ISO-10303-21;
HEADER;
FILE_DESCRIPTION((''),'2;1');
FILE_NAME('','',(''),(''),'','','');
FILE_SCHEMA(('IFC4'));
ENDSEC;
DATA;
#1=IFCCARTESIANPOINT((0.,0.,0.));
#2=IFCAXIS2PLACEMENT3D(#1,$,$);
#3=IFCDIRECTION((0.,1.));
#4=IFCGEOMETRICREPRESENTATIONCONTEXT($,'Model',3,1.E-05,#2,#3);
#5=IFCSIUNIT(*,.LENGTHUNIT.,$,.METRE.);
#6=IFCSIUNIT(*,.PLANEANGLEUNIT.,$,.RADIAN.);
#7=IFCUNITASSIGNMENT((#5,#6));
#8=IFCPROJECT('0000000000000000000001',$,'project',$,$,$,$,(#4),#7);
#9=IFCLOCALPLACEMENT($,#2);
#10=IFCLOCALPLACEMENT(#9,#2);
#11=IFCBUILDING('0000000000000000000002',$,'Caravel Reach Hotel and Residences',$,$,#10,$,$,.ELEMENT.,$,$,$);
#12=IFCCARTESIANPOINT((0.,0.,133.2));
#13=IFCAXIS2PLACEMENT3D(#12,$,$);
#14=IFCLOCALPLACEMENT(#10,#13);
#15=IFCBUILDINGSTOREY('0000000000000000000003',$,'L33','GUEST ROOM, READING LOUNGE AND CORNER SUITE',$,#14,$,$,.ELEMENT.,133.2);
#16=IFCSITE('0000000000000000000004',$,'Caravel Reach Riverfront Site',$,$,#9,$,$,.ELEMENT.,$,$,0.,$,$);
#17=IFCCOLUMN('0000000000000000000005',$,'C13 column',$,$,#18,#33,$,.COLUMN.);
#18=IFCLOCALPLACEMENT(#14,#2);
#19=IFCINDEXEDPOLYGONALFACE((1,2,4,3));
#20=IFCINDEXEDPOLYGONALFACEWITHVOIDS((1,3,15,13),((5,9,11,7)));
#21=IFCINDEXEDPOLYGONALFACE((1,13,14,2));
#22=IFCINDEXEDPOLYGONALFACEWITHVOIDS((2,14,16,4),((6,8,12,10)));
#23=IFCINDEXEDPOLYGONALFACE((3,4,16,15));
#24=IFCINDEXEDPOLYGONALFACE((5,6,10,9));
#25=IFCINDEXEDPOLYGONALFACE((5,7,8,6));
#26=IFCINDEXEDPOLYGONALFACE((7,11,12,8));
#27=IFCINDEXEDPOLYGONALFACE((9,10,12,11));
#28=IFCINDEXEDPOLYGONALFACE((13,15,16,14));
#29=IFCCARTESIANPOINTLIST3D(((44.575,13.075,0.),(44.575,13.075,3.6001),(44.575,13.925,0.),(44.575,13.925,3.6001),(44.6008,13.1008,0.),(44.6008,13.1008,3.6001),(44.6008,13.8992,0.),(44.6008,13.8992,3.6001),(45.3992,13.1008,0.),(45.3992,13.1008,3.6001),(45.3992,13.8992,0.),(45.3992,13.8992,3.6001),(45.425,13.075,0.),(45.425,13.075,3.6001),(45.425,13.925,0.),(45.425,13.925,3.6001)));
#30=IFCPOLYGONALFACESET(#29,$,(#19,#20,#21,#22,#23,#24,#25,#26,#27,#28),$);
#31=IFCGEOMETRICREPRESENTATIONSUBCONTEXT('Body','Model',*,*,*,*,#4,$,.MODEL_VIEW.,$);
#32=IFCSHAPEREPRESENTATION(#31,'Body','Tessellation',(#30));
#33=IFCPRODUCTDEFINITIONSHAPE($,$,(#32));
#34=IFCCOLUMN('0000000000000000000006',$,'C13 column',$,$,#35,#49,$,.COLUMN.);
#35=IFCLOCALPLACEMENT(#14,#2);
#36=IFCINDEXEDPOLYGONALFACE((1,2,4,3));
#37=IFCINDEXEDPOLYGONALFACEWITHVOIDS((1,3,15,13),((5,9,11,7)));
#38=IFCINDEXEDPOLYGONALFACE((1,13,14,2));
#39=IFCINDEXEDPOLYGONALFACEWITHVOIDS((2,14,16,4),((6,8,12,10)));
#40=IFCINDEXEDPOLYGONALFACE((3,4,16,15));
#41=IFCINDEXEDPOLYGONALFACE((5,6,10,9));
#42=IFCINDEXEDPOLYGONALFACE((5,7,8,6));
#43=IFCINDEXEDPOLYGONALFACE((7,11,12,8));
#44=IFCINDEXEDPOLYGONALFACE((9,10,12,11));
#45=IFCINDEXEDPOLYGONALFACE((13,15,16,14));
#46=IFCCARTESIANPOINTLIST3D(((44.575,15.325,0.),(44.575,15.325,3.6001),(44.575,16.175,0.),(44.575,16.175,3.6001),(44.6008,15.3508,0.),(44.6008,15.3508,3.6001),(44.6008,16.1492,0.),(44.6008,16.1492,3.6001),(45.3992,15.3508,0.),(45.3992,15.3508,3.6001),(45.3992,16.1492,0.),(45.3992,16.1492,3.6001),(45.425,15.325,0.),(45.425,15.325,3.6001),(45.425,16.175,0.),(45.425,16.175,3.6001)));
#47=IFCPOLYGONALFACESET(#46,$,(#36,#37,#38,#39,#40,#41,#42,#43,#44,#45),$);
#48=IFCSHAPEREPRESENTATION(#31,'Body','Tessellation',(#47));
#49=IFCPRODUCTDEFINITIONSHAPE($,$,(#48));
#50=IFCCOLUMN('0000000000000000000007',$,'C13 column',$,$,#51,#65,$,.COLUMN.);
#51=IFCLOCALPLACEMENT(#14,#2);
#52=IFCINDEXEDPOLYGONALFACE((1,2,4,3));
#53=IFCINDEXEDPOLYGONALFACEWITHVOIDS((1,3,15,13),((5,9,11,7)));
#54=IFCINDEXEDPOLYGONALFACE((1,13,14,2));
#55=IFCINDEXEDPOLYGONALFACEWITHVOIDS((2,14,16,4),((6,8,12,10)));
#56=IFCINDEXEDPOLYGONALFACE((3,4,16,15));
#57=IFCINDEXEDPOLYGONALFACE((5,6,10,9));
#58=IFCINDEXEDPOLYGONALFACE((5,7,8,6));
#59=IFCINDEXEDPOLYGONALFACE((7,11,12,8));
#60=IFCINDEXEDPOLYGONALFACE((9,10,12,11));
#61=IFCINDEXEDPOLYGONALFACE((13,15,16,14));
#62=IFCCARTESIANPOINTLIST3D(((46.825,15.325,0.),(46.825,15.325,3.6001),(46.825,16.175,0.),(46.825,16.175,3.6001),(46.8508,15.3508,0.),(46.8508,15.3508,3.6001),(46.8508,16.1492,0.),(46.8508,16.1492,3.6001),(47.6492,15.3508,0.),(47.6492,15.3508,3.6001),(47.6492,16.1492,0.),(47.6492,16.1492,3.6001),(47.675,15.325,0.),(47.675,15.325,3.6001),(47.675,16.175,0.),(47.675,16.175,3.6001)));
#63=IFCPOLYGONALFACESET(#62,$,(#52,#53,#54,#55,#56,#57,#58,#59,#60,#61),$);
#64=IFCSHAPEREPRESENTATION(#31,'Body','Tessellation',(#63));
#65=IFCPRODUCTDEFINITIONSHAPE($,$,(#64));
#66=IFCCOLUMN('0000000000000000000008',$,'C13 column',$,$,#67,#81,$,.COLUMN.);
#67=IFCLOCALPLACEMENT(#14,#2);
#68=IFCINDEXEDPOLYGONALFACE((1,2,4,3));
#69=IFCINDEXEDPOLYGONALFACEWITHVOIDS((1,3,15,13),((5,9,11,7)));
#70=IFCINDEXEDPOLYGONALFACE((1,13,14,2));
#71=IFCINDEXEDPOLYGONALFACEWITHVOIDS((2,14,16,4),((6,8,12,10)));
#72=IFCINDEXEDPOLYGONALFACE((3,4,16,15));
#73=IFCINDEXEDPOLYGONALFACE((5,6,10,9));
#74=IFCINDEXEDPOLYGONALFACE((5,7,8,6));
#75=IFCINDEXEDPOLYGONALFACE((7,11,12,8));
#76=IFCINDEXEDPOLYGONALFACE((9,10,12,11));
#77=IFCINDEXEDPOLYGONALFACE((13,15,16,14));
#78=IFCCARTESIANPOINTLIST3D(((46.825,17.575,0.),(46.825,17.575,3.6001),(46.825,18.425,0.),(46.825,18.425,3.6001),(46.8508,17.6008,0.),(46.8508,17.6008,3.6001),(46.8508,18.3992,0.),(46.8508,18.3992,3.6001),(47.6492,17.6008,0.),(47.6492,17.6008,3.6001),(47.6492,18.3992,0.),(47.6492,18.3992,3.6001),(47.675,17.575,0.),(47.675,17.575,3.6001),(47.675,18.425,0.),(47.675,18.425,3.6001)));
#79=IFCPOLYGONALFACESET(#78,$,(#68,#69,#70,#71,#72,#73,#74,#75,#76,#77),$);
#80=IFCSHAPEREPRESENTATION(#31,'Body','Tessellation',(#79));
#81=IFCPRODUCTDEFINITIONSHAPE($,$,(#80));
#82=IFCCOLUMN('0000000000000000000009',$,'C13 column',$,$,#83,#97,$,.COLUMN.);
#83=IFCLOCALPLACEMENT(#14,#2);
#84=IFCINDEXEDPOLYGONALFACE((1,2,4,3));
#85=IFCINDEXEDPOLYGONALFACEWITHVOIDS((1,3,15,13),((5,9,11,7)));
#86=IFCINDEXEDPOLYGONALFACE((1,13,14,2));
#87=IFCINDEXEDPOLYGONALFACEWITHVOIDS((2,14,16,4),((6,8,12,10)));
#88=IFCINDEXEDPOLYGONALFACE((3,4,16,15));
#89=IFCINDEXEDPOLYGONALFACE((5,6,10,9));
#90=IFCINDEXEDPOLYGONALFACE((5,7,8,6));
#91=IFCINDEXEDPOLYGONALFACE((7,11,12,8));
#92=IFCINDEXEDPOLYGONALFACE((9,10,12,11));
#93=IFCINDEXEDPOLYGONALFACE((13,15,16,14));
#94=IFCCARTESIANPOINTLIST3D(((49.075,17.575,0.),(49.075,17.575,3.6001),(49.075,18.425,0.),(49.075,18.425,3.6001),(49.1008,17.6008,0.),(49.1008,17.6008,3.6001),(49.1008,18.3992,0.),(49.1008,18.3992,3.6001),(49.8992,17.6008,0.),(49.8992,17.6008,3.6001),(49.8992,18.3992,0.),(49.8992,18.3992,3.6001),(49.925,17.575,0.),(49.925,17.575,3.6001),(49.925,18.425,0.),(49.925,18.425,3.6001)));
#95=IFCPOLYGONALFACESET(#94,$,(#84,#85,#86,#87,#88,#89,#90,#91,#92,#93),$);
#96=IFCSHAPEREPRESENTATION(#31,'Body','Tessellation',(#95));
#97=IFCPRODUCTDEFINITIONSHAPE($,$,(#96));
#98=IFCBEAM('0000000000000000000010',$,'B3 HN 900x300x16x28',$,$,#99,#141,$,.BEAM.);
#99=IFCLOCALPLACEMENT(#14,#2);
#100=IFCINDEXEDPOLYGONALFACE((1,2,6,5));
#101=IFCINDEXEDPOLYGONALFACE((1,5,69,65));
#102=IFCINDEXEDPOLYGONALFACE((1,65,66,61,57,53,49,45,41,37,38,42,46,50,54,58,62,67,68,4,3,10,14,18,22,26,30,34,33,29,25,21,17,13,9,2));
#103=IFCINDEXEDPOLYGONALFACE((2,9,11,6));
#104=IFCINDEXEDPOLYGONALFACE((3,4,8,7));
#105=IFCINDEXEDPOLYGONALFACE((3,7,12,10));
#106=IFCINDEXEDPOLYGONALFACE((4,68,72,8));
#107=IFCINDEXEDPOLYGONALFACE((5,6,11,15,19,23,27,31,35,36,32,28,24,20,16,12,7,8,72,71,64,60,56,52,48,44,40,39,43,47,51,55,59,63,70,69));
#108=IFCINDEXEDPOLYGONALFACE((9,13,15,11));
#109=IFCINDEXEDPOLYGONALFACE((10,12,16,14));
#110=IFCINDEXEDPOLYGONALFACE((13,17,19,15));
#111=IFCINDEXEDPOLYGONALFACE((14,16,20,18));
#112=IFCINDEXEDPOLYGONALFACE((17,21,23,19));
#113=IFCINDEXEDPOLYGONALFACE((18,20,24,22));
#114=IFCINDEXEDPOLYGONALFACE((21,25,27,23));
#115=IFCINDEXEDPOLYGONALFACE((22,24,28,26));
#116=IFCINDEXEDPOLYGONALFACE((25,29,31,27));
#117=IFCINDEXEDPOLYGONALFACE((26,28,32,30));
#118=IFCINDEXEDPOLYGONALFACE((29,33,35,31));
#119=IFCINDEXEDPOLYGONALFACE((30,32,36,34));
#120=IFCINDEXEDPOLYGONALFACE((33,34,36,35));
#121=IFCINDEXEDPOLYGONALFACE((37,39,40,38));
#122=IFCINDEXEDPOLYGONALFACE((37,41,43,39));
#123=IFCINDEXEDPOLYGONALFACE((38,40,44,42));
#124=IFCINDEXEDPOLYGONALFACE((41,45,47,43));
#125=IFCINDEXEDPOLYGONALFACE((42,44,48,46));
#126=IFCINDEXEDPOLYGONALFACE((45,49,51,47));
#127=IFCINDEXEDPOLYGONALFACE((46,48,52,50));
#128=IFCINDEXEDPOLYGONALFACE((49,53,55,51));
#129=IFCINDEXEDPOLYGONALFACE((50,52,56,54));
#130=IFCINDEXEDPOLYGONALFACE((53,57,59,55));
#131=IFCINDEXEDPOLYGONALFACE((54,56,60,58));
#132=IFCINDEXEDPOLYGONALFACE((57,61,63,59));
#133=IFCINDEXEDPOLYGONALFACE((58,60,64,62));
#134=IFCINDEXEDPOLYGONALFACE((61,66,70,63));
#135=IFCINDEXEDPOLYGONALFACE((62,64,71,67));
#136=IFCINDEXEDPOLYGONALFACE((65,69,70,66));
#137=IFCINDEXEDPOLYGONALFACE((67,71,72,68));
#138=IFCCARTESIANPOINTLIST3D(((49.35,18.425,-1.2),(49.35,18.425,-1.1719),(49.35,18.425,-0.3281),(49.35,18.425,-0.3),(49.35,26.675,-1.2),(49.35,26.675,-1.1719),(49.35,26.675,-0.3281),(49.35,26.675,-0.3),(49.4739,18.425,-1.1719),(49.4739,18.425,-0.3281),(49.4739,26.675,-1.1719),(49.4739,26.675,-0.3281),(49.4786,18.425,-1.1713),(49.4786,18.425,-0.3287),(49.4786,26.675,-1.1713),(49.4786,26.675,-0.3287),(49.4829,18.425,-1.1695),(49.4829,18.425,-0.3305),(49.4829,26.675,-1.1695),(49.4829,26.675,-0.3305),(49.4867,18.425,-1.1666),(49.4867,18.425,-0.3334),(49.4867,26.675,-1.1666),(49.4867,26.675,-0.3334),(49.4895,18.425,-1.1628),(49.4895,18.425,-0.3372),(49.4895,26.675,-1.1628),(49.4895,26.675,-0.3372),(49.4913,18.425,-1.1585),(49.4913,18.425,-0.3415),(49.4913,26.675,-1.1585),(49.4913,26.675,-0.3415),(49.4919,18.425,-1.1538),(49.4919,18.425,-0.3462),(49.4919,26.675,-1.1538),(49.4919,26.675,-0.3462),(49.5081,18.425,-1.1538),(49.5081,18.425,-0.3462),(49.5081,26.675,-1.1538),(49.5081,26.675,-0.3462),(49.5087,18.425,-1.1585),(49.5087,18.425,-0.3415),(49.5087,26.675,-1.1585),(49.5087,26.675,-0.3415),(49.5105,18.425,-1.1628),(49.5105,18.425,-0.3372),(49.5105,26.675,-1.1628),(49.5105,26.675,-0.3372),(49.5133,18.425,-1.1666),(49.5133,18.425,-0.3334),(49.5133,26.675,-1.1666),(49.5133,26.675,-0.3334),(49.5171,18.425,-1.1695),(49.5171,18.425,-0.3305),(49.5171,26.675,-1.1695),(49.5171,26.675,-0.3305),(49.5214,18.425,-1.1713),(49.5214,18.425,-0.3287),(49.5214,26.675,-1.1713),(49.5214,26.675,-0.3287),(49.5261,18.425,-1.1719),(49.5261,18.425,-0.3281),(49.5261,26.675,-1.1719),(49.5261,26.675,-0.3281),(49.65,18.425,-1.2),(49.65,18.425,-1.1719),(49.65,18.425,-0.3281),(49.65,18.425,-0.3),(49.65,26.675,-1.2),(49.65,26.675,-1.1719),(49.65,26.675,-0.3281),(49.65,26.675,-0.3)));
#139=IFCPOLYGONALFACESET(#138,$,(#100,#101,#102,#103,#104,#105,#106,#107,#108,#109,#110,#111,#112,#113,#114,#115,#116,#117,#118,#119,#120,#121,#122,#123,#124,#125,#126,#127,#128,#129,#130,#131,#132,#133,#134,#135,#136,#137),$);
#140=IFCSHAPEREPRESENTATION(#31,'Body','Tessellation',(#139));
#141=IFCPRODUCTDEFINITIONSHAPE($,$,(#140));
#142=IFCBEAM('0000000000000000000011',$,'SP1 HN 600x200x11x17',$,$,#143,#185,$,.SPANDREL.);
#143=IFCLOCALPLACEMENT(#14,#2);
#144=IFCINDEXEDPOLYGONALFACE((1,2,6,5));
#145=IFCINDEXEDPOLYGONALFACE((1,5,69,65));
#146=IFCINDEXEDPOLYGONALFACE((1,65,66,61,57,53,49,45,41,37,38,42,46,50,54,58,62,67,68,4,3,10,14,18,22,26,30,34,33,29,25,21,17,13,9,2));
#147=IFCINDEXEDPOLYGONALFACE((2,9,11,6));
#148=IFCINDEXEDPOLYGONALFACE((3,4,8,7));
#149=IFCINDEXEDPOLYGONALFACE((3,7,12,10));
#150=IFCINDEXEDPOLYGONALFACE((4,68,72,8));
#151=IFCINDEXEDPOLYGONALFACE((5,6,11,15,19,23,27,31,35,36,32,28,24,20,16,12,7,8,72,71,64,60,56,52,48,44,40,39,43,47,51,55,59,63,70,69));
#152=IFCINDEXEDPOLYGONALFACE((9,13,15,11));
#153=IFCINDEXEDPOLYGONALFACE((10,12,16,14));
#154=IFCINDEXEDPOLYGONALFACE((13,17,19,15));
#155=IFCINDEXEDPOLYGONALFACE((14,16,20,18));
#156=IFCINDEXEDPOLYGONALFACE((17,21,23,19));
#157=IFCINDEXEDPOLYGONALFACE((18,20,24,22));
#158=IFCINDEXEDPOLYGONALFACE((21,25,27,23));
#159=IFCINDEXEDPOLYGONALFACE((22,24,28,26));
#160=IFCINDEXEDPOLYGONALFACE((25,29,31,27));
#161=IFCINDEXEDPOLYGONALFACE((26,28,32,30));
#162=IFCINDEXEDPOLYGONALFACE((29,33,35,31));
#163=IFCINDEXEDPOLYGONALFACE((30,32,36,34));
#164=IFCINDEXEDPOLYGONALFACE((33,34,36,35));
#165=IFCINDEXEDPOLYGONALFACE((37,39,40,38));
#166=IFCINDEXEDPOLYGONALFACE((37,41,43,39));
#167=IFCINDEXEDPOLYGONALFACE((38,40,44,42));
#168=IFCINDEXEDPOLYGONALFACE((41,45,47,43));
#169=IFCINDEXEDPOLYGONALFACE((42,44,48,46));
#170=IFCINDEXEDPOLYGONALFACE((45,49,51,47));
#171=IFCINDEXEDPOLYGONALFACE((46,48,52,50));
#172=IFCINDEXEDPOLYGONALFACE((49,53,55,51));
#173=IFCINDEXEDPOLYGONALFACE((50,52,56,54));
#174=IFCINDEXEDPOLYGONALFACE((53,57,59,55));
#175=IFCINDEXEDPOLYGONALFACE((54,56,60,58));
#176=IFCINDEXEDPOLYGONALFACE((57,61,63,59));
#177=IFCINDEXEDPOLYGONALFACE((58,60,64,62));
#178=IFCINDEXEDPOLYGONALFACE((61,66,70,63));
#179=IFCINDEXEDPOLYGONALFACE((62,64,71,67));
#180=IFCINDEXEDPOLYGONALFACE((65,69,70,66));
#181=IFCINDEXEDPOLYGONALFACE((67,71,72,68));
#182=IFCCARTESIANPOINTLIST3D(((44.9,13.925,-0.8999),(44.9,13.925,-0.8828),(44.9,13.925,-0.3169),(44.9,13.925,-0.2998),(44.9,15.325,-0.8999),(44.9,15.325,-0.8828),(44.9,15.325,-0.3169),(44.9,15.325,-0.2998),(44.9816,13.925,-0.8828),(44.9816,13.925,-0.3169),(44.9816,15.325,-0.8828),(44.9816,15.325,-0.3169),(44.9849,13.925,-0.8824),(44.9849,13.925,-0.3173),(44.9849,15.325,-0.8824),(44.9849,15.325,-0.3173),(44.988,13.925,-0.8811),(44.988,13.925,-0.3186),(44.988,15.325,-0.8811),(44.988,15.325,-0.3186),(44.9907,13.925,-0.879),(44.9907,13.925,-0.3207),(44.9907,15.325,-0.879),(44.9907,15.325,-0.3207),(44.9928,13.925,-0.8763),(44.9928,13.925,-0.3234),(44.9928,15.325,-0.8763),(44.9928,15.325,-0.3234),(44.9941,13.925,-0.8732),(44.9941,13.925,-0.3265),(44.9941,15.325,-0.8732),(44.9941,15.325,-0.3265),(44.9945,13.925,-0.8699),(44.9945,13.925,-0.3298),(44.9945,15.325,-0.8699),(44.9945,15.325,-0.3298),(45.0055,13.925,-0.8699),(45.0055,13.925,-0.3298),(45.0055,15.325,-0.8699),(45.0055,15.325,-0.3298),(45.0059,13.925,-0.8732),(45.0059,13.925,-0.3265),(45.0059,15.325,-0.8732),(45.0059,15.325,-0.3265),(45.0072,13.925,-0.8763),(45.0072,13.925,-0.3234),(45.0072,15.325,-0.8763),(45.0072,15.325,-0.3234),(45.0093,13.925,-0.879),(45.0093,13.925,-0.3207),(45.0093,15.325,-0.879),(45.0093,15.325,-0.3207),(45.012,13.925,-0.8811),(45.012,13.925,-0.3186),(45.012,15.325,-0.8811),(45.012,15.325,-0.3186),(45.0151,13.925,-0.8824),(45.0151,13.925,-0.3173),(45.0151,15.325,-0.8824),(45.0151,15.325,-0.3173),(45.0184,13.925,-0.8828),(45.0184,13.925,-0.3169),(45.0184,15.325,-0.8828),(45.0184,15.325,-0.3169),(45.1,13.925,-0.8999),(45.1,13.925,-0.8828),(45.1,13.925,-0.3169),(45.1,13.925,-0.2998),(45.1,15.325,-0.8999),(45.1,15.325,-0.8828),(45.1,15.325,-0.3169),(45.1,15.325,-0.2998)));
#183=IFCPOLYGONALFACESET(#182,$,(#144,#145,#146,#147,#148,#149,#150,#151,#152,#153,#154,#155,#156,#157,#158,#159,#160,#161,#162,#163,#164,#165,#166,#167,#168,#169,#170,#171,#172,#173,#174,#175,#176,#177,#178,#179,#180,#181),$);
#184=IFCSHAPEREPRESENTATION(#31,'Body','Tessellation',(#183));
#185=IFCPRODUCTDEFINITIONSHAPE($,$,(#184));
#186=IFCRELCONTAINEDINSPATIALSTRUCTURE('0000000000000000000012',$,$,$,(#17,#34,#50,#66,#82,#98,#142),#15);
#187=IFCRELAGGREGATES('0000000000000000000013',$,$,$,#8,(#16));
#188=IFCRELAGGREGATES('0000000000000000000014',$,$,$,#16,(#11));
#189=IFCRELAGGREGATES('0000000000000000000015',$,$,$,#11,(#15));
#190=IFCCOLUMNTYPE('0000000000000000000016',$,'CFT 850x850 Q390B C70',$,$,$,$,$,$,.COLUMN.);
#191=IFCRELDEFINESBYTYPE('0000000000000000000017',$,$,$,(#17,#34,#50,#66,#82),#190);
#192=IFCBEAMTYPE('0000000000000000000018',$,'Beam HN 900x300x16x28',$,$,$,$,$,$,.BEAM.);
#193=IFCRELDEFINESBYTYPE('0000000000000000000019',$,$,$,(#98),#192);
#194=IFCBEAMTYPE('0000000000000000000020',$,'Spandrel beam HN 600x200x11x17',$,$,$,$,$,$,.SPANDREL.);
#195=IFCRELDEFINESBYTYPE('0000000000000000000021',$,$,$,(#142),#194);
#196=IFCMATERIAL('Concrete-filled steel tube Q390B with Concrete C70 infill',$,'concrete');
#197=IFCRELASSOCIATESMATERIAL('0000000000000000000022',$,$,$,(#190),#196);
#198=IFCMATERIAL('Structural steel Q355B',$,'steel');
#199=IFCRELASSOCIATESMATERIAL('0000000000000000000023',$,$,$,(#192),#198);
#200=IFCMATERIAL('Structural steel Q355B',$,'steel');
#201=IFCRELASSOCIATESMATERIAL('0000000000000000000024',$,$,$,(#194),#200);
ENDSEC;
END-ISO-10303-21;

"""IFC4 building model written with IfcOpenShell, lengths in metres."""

from ifc_helpers import new_model, si_unit, direction, frame, origin, origin_2d, place, context, subcontext, project, spatial, hollow_rectangle, i_section, extrude, material, material_profile, profile_set, type_object, element, save


model = new_model("IFC4")

# Units and contexts
model_context = context("Model", 3, precision=1e-05, world=origin(), true_north=direction((0.0, 1.0)))
body_context = subcontext(model_context, "Body", "Model", "MODEL_VIEW")
ifc_project = project(units=[si_unit("LENGTHUNIT", "METRE"), si_unit("PLANEANGLEUNIT", "RADIAN")], contexts=[model_context])

# Site, building, storey
site_placement = place(None, origin())
site = spatial("IfcSite", under=ifc_project, at=site_placement, Name="Caravel Reach Riverfront Site", CompositionType="ELEMENT", RefElevation=0.0)
building_placement = place(site_placement, origin())
building = spatial("IfcBuilding", under=site, at=building_placement, Name="Caravel Reach Hotel and Residences", CompositionType="ELEMENT")
storey_placement = place(building_placement, frame((0.0, 0.0, 133.2)))
storey = spatial("IfcBuildingStorey", under=building, at=storey_placement, Name="L33", Description="GUEST ROOM, READING LOUNGE AND CORNER SUITE", CompositionType="ELEMENT", Elevation=133.2)

# Columns
ifc_material_1 = material(Name="Concrete-filled steel tube Q390B with Concrete C70 infill", Category="concrete")
ifc_material_profile_1 = material_profile(ifc_material_1, hollow_rectangle(XDim=0.8501, YDim=0.8501, WallThickness=0.0259, at=origin_2d()), Name="RHS 850x850x26")
ifc_profile_set_1 = profile_set([ifc_material_profile_1], Name="Concrete-filled steel tube Q390B with Concrete C70 infill")
column_type = type_object("IfcColumnType", Name="CFT 850x850 Q390B C70", PredefinedType="COLUMN", material=ifc_profile_set_1)
for number, where, z_axis, x_axis, name in (
    (1, (45.0, 13.5, 0.0), (0.0, 0.0, 1.0), (1.0, 0.0, 0.0), "C13 column"),
    (2, (45.0, 15.75, 0.0), (0.0, 0.0, 1.0), (1.0, 0.0, 0.0), "C13 column"),
    (3, (47.25, 15.75, 0.0), (0.0, 0.0, 1.0), (1.0, 0.0, 0.0), "C13 column"),
    (4, (47.25, 18.0, 0.0), (0.0, 0.0, 1.0), (1.0, 0.0, 0.0), "C13 column"),
    (5, (49.5, 18.0, 0.0), (0.0, 0.0, 1.0), (1.0, 0.0, 0.0), "C13 column"),
):
    element("IfcColumn", number, at=place(storey_placement, frame(where, z_axis=z_axis, x_axis=x_axis)), inside=storey, type_object=column_type, Name=name, PredefinedType="COLUMN", context=body_context, shape_type="SweptSolid", body=[
        extrude(hollow_rectangle(XDim=0.8501, YDim=0.8501, WallThickness=0.0259, at=origin_2d()), origin(), (0.0, 0.0, 1.0), 3.6001),
    ])

# Beams
ifc_material_2 = material(Name="Structural steel Q355B", Category="steel")
ifc_material_profile_2 = material_profile(ifc_material_2, i_section(OverallWidth=0.3, OverallDepth=0.8999, WebThickness=0.0161, FlangeThickness=0.0281, FilletRadius=0.0181, at=origin_2d()), Name="HN 900x300x16x28")
ifc_profile_set_2 = profile_set([ifc_material_profile_2], Name="Structural steel Q355B")
beam_type_1 = type_object("IfcBeamType", Name="Beam HN 900x300x16x28", PredefinedType="BEAM", material=ifc_profile_set_2)
beam_placement = place(storey_placement, frame((49.5, 18.425, -0.75), z_axis=(0.0, 1.0, 0.0), x_axis=(-1.0, 0.0, 0.0)))
element("IfcBeam", 6, at=beam_placement, inside=storey, type_object=beam_type_1, Name="B3 HN 900x300x16x28", PredefinedType="BEAM", context=body_context, shape_type="SweptSolid", body=[
    extrude(i_section(OverallWidth=0.3, OverallDepth=0.8999, WebThickness=0.0161, FlangeThickness=0.0281, FilletRadius=0.0181, at=origin_2d()), origin(), (0.0, 0.0, 1.0), 8.25),
])
ifc_material_3 = material(Name="Structural steel Q355B", Category="steel")
ifc_material_profile_3 = material_profile(ifc_material_3, i_section(OverallWidth=0.2, OverallDepth=0.6001, WebThickness=0.011, FlangeThickness=0.0171, FilletRadius=0.0129, at=origin_2d()), Name="HN 600x200x11x17")
ifc_profile_set_3 = profile_set([ifc_material_profile_3], Name="Structural steel Q355B")
beam_type_2 = type_object("IfcBeamType", Name="Spandrel beam HN 600x200x11x17", PredefinedType="SPANDREL", material=ifc_profile_set_3)
for number, where, z_axis, x_axis, name in (
    (7, (45.0, 13.925, -0.5999), (0.0, 1.0, 0.0), (-1.0, 0.0, 0.0), "SP1 HN 600x200x11x17"),
):
    element("IfcBeam", number, at=place(storey_placement, frame(where, z_axis=z_axis, x_axis=x_axis)), inside=storey, type_object=beam_type_2, Name=name, PredefinedType="SPANDREL", context=body_context, shape_type="SweptSolid", body=[
        extrude(i_section(OverallWidth=0.2, OverallDepth=0.6001, WebThickness=0.011, FlangeThickness=0.0171, FilletRadius=0.0129, at=origin_2d()), origin(), (0.0, 0.0, 1.0), 1.3999),
    ])

save(model, "model.ifc")
